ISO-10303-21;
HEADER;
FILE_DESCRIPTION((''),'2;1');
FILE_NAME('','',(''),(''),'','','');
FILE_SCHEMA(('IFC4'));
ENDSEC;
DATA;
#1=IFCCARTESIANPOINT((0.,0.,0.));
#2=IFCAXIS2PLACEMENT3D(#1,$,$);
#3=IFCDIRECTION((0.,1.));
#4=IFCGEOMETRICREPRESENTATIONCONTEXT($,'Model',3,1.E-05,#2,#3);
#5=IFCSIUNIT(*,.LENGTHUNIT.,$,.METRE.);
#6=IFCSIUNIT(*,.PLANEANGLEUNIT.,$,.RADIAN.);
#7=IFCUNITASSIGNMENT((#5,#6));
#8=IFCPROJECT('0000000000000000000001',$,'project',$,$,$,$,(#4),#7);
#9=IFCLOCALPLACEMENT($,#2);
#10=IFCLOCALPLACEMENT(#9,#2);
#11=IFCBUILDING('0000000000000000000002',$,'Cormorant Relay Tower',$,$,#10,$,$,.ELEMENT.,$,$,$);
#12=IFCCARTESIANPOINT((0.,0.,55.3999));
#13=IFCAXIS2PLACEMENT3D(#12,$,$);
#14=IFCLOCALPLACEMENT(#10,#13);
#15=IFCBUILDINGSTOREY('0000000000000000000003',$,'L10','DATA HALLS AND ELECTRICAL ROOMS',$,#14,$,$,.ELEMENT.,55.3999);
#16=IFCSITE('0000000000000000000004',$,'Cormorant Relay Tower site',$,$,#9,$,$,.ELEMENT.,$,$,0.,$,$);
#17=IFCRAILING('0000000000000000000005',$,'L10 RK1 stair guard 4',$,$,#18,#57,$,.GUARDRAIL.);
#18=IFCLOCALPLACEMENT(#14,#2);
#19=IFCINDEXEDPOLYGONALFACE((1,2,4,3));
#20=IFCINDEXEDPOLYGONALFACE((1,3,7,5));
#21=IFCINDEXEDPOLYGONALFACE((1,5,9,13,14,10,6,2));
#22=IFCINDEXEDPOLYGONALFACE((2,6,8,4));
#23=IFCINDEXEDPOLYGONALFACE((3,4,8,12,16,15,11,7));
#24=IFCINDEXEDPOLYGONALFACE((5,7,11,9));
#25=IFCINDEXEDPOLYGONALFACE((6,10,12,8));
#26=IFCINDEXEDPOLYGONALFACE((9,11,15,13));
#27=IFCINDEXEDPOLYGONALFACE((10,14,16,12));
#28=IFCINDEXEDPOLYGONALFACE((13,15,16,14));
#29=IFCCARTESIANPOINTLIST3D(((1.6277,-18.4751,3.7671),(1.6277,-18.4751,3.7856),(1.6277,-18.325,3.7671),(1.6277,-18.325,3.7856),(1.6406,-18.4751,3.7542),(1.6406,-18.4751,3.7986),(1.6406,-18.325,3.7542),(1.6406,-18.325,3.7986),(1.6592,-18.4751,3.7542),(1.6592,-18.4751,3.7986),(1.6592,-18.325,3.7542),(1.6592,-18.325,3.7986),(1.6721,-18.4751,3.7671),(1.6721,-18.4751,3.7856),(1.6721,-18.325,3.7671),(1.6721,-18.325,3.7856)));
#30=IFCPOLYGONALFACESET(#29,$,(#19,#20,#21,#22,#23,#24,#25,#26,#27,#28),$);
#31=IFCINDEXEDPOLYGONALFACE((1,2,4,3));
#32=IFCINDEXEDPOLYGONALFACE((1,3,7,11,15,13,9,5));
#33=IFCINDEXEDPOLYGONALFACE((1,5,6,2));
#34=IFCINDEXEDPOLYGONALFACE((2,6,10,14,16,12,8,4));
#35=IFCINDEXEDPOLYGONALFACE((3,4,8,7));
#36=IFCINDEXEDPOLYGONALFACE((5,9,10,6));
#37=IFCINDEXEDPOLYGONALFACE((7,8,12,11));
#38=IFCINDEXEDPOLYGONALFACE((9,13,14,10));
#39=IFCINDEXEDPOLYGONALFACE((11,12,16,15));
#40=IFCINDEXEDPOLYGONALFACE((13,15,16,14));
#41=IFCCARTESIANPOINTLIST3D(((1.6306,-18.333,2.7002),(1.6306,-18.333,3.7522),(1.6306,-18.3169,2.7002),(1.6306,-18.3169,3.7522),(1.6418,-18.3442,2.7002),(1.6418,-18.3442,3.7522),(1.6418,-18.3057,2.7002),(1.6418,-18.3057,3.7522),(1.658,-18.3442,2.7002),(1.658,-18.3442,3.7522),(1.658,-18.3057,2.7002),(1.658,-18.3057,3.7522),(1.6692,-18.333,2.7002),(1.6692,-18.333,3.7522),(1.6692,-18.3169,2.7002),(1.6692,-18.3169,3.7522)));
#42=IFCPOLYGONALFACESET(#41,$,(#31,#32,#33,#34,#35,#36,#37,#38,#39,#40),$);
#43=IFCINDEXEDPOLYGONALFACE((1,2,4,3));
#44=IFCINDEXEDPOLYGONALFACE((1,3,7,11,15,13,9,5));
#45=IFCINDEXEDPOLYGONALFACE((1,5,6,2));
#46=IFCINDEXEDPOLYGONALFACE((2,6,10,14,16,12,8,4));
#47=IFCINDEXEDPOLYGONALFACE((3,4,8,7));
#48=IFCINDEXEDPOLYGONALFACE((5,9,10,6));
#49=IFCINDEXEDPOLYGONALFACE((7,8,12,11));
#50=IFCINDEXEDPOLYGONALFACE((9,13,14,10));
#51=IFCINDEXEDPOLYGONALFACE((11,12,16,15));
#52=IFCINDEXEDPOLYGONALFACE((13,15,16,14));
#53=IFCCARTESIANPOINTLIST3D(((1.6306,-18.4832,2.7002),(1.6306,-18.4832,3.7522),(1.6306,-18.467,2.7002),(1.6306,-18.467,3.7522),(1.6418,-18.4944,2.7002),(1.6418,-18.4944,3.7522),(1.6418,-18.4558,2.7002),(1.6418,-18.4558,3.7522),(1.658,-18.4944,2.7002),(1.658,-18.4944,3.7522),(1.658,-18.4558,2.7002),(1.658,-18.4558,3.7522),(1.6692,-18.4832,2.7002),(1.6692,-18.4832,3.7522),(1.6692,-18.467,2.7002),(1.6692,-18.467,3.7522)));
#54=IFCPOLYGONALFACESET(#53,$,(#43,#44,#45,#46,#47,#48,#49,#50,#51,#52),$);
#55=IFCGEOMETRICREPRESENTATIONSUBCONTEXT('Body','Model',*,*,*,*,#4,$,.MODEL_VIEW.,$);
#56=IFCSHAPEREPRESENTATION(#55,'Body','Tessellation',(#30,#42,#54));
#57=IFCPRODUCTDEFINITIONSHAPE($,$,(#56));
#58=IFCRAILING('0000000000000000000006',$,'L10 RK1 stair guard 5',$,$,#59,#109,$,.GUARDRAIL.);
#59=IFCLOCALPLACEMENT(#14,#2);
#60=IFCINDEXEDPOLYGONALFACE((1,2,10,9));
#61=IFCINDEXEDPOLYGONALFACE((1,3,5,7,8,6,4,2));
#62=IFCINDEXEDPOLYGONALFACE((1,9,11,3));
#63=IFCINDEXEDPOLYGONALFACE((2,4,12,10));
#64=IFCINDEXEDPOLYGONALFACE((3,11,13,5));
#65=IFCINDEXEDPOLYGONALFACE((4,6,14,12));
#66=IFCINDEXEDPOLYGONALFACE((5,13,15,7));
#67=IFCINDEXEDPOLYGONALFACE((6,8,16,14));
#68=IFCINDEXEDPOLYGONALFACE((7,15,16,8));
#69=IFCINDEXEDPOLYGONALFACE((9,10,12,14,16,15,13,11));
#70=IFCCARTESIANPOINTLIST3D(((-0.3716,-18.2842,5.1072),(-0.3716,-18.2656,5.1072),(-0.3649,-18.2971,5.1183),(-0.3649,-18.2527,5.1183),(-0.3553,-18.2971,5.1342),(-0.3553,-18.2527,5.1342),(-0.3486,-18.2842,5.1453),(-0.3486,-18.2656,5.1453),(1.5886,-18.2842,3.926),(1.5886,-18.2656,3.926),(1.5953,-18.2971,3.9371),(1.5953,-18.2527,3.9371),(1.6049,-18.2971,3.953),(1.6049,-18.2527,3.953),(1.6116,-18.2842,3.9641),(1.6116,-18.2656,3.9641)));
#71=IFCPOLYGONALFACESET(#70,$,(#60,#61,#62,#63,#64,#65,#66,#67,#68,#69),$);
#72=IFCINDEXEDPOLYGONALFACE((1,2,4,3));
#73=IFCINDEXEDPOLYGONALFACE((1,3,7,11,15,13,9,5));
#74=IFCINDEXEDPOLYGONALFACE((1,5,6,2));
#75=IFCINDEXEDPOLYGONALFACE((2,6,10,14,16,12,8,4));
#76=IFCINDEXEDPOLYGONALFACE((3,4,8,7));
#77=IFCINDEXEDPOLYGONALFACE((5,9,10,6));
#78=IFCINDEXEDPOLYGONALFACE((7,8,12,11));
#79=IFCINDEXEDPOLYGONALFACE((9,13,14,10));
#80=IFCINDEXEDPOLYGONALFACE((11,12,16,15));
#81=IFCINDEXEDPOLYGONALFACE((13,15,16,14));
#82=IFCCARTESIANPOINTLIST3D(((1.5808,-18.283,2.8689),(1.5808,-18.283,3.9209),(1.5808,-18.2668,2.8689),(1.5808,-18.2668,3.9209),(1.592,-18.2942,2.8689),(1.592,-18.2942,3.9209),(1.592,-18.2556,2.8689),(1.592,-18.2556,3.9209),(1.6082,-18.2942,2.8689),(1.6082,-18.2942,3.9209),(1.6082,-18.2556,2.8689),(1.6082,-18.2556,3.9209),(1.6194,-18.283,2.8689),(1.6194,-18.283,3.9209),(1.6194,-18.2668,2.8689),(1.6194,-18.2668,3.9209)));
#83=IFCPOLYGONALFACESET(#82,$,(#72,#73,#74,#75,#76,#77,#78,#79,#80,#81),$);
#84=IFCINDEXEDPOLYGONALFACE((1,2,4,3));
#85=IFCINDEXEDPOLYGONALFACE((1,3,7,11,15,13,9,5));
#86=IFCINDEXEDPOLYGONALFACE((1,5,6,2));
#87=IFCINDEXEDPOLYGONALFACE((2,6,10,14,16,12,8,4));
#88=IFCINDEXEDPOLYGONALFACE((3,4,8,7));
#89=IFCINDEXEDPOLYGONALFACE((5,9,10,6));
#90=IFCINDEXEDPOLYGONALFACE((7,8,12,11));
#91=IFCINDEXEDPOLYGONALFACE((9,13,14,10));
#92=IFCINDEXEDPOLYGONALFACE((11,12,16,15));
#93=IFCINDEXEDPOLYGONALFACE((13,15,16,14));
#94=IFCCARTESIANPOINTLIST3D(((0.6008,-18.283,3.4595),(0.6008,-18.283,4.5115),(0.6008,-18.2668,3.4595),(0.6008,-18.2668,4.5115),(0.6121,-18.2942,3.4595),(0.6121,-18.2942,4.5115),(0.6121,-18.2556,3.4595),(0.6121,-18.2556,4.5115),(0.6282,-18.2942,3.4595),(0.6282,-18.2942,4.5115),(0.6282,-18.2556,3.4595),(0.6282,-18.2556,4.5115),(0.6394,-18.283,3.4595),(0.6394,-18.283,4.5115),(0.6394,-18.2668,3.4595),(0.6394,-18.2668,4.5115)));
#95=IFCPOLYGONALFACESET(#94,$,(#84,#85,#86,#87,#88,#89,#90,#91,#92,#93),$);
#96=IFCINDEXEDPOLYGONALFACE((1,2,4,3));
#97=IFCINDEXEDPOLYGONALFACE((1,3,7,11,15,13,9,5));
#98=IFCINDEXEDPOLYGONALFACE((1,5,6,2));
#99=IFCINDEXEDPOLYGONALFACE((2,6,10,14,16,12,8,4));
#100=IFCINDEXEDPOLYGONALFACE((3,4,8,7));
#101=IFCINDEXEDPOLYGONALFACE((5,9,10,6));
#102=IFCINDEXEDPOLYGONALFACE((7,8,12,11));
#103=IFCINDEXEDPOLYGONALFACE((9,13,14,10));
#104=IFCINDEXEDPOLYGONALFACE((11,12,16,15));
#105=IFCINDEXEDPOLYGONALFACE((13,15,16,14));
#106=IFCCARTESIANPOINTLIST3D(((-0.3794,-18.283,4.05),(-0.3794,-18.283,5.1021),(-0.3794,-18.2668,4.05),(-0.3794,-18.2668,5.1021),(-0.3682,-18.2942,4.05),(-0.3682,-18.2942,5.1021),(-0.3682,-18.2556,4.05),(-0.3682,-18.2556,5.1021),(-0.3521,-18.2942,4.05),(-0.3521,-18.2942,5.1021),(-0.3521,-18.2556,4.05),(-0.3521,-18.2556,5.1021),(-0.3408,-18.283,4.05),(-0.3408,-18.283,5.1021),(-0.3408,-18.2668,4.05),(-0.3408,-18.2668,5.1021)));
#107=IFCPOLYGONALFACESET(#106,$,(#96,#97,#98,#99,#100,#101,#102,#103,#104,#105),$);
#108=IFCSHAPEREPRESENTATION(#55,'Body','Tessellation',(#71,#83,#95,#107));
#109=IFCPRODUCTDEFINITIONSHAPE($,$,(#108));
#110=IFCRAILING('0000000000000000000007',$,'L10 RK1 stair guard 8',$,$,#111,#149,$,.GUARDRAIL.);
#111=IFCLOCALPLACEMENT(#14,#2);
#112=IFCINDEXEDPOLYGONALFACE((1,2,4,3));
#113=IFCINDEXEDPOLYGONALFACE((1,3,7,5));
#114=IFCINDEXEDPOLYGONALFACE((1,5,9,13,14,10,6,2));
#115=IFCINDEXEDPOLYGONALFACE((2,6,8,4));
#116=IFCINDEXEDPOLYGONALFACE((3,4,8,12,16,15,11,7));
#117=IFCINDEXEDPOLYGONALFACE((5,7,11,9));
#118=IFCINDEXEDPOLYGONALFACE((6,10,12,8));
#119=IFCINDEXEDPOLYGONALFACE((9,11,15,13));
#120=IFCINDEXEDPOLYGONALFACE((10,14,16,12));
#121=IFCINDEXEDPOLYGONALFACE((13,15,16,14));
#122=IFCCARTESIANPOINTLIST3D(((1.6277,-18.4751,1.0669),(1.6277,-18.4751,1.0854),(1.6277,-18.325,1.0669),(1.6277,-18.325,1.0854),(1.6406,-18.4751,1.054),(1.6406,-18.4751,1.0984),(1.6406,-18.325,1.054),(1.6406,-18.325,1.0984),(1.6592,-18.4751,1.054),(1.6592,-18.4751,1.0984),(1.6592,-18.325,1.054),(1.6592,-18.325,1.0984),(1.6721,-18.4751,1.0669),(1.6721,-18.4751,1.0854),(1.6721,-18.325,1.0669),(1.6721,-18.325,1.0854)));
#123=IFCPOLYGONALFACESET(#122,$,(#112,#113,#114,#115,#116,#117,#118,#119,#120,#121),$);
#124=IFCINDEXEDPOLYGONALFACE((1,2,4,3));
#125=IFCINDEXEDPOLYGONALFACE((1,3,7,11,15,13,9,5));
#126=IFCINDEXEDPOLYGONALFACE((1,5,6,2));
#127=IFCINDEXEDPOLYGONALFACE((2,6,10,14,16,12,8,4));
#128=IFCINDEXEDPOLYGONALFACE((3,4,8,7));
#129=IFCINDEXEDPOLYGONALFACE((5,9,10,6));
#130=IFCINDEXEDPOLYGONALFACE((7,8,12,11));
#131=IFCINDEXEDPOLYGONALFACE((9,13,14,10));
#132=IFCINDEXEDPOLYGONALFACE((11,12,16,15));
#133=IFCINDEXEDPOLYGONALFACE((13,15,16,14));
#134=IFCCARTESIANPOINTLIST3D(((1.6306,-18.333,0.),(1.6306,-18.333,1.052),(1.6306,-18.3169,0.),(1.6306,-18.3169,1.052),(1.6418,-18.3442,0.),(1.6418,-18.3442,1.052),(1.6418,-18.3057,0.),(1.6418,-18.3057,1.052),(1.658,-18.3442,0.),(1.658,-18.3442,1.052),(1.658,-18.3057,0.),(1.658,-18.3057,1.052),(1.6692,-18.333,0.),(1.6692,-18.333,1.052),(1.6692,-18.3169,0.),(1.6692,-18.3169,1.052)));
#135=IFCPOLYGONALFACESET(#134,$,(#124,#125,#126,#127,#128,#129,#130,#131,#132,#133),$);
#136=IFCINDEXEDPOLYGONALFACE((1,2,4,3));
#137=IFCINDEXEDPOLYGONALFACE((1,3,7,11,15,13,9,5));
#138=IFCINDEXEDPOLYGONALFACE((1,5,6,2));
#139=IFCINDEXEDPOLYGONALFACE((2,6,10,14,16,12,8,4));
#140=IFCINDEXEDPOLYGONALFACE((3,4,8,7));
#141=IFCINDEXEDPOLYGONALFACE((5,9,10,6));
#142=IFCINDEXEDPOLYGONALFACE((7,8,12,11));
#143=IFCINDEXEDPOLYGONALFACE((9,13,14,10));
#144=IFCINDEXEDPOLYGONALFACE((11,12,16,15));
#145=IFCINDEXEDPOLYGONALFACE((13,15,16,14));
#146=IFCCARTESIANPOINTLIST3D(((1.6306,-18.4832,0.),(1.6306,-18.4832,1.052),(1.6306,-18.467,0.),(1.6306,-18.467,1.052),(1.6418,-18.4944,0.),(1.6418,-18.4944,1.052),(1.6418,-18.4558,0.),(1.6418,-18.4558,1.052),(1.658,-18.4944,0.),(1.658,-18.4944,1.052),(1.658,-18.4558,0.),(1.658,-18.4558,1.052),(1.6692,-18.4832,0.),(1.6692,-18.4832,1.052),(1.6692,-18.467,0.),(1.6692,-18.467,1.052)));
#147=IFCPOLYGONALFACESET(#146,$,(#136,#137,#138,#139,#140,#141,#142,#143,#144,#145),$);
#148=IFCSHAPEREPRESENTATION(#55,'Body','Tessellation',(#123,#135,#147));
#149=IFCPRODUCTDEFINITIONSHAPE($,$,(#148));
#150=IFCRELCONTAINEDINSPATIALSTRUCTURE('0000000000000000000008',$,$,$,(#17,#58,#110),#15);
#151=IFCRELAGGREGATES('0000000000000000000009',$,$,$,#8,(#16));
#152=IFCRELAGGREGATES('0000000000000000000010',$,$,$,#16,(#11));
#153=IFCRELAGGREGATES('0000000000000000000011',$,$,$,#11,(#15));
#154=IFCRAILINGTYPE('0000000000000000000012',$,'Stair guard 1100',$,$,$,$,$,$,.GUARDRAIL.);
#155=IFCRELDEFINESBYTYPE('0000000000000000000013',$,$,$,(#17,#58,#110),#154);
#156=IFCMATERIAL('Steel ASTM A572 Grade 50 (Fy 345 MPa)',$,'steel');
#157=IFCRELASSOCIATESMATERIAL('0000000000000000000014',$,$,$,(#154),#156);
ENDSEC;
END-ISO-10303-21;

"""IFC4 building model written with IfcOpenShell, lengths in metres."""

from ifc_helpers import new_model, si_unit, direction, frame, origin, place, context, subcontext, project, spatial, polyline, outline, extrude, material, type_object, element, save


model = new_model("IFC4")

# Units and contexts
model_context = context("Model", 3, precision=1e-05, world=origin(), true_north=direction((0.0, 1.0)))
body_context = subcontext(model_context, "Body", "Model", "MODEL_VIEW")
ifc_project = project(units=[si_unit("LENGTHUNIT", "METRE"), si_unit("PLANEANGLEUNIT", "RADIAN")], contexts=[model_context])

# Site, building, storey
site_placement = place(None, origin())
site = spatial("IfcSite", under=ifc_project, at=site_placement, Name="Cormorant Relay Tower site", CompositionType="ELEMENT", RefElevation=0.0)
building_placement = place(site_placement, origin())
building = spatial("IfcBuilding", under=site, at=building_placement, Name="Cormorant Relay Tower", CompositionType="ELEMENT")
storey_placement = place(building_placement, frame((0.0, 0.0, 55.3999)))
storey = spatial("IfcBuildingStorey", under=building, at=storey_placement, Name="L10", Description="DATA HALLS AND ELECTRICAL ROOMS", CompositionType="ELEMENT", Elevation=55.3999)

# Railings
ifc_material_1 = material(Name="Steel ASTM A572 Grade 50 (Fy 345 MPa)", Category="steel")
railing_type_1 = type_object("IfcRailingType", Name="Stair guard 1100", PredefinedType="GUARDRAIL", material=ifc_material_1)
railing_1_placement = place(storey_placement, frame((1.6499, -18.325, 2.7002)))
element("IfcRailing", 1, at=railing_1_placement, inside=storey, type_object=railing_type_1, Name="L10 RK1 stair guard 4", PredefinedType="GUARDRAIL", context=body_context, shape_type="SweptSolid", body=[
    extrude(outline(polyline([(0.0222, 0.0093), (0.0093, 0.0222), (-0.0093, 0.0222), (-0.0222, 0.0093), (-0.0222, -0.0093), (-0.0093, -0.0222), (0.0093, -0.0222), (0.0222, -0.0093), (0.0222, 0.0093)])), frame((0.0, 0.0, 1.0762), z_axis=(0.0, -1.0, 0.0), x_axis=(1.0, 0.0, 0.0)), (0.0, 0.0, 1.0), 0.1501),
    extrude(outline(polyline([(0.0193, 0.0081), (0.0081, 0.0193), (-0.0081, 0.0193), (-0.0193, 0.0081), (-0.0193, -0.0081), (-0.0081, -0.0193), (0.0081, -0.0193), (0.0193, -0.0081), (0.0193, 0.0081)])), origin(), (0.0, 0.0, 1.0), 1.052),
    extrude(outline(polyline([(0.0193, 0.0081), (0.0081, 0.0193), (-0.0081, 0.0193), (-0.0193, 0.0081), (-0.0193, -0.0081), (-0.0081, -0.0193), (0.0081, -0.0193), (0.0193, -0.0081), (0.0193, 0.0081)])), frame((0.0, -0.1501, 0.0)), (0.0, 0.0, 1.0), 1.052),
])
railing_2_placement = place(storey_placement, frame((1.6001, -18.2749, 2.8689)))
element("IfcRailing", 2, at=railing_2_placement, inside=storey, type_object=railing_type_1, Name="L10 RK1 stair guard 5", PredefinedType="GUARDRAIL", context=body_context, shape_type="SweptSolid", body=[
    extrude(outline(polyline([(0.0222, 0.0093), (0.0093, 0.0222), (-0.0093, 0.0222), (-0.0222, 0.0093), (-0.0222, -0.0093), (-0.0093, -0.0222), (0.0093, -0.0222), (0.0222, -0.0093), (0.0222, 0.0093)])), frame((0.0, 0.0, 1.0762), z_axis=(-0.856522, 0.0, 0.516111), x_axis=(0.0, -1.0, 0.0)), (0.0, 0.0, 1.0), 2.2886),
    extrude(outline(polyline([(0.0193, 0.0081), (0.0081, 0.0193), (-0.0081, 0.0193), (-0.0193, 0.0081), (-0.0193, -0.0081), (-0.0081, -0.0193), (0.0081, -0.0193), (0.0193, -0.0081), (0.0193, 0.0081)])), origin(), (0.0, 0.0, 1.0), 1.052),
    extrude(outline(polyline([(0.0193, 0.0081), (0.0081, 0.0193), (-0.0081, 0.0193), (-0.0193, 0.0081), (-0.0193, -0.0081), (-0.0081, -0.0193), (0.0081, -0.0193), (0.0193, -0.0081), (0.0193, 0.0081)])), frame((-0.98, 0.0, 0.5906)), (0.0, 0.0, 1.0), 1.052),
    extrude(outline(polyline([(0.0193, 0.0081), (0.0081, 0.0193), (-0.0081, 0.0193), (-0.0193, 0.0081), (-0.0193, -0.0081), (-0.0081, -0.0193), (0.0081, -0.0193), (0.0193, -0.0081), (0.0193, 0.0081)])), frame((-1.9602, 0.0, 1.1812)), (0.0, 0.0, 1.0), 1.052),
])
railing_3_placement = place(storey_placement, frame((1.6499, -18.325, 0.0)))
element("IfcRailing", 3, at=railing_3_placement, inside=storey, type_object=railing_type_1, Name="L10 RK1 stair guard 8", PredefinedType="GUARDRAIL", context=body_context, shape_type="SweptSolid", body=[
    extrude(outline(polyline([(0.0222, 0.0093), (0.0093, 0.0222), (-0.0093, 0.0222), (-0.0222, 0.0093), (-0.0222, -0.0093), (-0.0093, -0.0222), (0.0093, -0.0222), (0.0222, -0.0093), (0.0222, 0.0093)])), frame((0.0, 0.0, 1.0762), z_axis=(0.0, -1.0, 0.0), x_axis=(1.0, 0.0, 0.0)), (0.0, 0.0, 1.0), 0.1501),
    extrude(outline(polyline([(0.0193, 0.0081), (0.0081, 0.0193), (-0.0081, 0.0193), (-0.0193, 0.0081), (-0.0193, -0.0081), (-0.0081, -0.0193), (0.0081, -0.0193), (0.0193, -0.0081), (0.0193, 0.0081)])), origin(), (0.0, 0.0, 1.0), 1.052),
    extrude(outline(polyline([(0.0193, 0.0081), (0.0081, 0.0193), (-0.0081, 0.0193), (-0.0193, 0.0081), (-0.0193, -0.0081), (-0.0081, -0.0193), (0.0081, -0.0193), (0.0193, -0.0081), (0.0193, 0.0081)])), frame((0.0, -0.1501, 0.0)), (0.0, 0.0, 1.0), 1.052),
])

save(model, "model.ifc")
